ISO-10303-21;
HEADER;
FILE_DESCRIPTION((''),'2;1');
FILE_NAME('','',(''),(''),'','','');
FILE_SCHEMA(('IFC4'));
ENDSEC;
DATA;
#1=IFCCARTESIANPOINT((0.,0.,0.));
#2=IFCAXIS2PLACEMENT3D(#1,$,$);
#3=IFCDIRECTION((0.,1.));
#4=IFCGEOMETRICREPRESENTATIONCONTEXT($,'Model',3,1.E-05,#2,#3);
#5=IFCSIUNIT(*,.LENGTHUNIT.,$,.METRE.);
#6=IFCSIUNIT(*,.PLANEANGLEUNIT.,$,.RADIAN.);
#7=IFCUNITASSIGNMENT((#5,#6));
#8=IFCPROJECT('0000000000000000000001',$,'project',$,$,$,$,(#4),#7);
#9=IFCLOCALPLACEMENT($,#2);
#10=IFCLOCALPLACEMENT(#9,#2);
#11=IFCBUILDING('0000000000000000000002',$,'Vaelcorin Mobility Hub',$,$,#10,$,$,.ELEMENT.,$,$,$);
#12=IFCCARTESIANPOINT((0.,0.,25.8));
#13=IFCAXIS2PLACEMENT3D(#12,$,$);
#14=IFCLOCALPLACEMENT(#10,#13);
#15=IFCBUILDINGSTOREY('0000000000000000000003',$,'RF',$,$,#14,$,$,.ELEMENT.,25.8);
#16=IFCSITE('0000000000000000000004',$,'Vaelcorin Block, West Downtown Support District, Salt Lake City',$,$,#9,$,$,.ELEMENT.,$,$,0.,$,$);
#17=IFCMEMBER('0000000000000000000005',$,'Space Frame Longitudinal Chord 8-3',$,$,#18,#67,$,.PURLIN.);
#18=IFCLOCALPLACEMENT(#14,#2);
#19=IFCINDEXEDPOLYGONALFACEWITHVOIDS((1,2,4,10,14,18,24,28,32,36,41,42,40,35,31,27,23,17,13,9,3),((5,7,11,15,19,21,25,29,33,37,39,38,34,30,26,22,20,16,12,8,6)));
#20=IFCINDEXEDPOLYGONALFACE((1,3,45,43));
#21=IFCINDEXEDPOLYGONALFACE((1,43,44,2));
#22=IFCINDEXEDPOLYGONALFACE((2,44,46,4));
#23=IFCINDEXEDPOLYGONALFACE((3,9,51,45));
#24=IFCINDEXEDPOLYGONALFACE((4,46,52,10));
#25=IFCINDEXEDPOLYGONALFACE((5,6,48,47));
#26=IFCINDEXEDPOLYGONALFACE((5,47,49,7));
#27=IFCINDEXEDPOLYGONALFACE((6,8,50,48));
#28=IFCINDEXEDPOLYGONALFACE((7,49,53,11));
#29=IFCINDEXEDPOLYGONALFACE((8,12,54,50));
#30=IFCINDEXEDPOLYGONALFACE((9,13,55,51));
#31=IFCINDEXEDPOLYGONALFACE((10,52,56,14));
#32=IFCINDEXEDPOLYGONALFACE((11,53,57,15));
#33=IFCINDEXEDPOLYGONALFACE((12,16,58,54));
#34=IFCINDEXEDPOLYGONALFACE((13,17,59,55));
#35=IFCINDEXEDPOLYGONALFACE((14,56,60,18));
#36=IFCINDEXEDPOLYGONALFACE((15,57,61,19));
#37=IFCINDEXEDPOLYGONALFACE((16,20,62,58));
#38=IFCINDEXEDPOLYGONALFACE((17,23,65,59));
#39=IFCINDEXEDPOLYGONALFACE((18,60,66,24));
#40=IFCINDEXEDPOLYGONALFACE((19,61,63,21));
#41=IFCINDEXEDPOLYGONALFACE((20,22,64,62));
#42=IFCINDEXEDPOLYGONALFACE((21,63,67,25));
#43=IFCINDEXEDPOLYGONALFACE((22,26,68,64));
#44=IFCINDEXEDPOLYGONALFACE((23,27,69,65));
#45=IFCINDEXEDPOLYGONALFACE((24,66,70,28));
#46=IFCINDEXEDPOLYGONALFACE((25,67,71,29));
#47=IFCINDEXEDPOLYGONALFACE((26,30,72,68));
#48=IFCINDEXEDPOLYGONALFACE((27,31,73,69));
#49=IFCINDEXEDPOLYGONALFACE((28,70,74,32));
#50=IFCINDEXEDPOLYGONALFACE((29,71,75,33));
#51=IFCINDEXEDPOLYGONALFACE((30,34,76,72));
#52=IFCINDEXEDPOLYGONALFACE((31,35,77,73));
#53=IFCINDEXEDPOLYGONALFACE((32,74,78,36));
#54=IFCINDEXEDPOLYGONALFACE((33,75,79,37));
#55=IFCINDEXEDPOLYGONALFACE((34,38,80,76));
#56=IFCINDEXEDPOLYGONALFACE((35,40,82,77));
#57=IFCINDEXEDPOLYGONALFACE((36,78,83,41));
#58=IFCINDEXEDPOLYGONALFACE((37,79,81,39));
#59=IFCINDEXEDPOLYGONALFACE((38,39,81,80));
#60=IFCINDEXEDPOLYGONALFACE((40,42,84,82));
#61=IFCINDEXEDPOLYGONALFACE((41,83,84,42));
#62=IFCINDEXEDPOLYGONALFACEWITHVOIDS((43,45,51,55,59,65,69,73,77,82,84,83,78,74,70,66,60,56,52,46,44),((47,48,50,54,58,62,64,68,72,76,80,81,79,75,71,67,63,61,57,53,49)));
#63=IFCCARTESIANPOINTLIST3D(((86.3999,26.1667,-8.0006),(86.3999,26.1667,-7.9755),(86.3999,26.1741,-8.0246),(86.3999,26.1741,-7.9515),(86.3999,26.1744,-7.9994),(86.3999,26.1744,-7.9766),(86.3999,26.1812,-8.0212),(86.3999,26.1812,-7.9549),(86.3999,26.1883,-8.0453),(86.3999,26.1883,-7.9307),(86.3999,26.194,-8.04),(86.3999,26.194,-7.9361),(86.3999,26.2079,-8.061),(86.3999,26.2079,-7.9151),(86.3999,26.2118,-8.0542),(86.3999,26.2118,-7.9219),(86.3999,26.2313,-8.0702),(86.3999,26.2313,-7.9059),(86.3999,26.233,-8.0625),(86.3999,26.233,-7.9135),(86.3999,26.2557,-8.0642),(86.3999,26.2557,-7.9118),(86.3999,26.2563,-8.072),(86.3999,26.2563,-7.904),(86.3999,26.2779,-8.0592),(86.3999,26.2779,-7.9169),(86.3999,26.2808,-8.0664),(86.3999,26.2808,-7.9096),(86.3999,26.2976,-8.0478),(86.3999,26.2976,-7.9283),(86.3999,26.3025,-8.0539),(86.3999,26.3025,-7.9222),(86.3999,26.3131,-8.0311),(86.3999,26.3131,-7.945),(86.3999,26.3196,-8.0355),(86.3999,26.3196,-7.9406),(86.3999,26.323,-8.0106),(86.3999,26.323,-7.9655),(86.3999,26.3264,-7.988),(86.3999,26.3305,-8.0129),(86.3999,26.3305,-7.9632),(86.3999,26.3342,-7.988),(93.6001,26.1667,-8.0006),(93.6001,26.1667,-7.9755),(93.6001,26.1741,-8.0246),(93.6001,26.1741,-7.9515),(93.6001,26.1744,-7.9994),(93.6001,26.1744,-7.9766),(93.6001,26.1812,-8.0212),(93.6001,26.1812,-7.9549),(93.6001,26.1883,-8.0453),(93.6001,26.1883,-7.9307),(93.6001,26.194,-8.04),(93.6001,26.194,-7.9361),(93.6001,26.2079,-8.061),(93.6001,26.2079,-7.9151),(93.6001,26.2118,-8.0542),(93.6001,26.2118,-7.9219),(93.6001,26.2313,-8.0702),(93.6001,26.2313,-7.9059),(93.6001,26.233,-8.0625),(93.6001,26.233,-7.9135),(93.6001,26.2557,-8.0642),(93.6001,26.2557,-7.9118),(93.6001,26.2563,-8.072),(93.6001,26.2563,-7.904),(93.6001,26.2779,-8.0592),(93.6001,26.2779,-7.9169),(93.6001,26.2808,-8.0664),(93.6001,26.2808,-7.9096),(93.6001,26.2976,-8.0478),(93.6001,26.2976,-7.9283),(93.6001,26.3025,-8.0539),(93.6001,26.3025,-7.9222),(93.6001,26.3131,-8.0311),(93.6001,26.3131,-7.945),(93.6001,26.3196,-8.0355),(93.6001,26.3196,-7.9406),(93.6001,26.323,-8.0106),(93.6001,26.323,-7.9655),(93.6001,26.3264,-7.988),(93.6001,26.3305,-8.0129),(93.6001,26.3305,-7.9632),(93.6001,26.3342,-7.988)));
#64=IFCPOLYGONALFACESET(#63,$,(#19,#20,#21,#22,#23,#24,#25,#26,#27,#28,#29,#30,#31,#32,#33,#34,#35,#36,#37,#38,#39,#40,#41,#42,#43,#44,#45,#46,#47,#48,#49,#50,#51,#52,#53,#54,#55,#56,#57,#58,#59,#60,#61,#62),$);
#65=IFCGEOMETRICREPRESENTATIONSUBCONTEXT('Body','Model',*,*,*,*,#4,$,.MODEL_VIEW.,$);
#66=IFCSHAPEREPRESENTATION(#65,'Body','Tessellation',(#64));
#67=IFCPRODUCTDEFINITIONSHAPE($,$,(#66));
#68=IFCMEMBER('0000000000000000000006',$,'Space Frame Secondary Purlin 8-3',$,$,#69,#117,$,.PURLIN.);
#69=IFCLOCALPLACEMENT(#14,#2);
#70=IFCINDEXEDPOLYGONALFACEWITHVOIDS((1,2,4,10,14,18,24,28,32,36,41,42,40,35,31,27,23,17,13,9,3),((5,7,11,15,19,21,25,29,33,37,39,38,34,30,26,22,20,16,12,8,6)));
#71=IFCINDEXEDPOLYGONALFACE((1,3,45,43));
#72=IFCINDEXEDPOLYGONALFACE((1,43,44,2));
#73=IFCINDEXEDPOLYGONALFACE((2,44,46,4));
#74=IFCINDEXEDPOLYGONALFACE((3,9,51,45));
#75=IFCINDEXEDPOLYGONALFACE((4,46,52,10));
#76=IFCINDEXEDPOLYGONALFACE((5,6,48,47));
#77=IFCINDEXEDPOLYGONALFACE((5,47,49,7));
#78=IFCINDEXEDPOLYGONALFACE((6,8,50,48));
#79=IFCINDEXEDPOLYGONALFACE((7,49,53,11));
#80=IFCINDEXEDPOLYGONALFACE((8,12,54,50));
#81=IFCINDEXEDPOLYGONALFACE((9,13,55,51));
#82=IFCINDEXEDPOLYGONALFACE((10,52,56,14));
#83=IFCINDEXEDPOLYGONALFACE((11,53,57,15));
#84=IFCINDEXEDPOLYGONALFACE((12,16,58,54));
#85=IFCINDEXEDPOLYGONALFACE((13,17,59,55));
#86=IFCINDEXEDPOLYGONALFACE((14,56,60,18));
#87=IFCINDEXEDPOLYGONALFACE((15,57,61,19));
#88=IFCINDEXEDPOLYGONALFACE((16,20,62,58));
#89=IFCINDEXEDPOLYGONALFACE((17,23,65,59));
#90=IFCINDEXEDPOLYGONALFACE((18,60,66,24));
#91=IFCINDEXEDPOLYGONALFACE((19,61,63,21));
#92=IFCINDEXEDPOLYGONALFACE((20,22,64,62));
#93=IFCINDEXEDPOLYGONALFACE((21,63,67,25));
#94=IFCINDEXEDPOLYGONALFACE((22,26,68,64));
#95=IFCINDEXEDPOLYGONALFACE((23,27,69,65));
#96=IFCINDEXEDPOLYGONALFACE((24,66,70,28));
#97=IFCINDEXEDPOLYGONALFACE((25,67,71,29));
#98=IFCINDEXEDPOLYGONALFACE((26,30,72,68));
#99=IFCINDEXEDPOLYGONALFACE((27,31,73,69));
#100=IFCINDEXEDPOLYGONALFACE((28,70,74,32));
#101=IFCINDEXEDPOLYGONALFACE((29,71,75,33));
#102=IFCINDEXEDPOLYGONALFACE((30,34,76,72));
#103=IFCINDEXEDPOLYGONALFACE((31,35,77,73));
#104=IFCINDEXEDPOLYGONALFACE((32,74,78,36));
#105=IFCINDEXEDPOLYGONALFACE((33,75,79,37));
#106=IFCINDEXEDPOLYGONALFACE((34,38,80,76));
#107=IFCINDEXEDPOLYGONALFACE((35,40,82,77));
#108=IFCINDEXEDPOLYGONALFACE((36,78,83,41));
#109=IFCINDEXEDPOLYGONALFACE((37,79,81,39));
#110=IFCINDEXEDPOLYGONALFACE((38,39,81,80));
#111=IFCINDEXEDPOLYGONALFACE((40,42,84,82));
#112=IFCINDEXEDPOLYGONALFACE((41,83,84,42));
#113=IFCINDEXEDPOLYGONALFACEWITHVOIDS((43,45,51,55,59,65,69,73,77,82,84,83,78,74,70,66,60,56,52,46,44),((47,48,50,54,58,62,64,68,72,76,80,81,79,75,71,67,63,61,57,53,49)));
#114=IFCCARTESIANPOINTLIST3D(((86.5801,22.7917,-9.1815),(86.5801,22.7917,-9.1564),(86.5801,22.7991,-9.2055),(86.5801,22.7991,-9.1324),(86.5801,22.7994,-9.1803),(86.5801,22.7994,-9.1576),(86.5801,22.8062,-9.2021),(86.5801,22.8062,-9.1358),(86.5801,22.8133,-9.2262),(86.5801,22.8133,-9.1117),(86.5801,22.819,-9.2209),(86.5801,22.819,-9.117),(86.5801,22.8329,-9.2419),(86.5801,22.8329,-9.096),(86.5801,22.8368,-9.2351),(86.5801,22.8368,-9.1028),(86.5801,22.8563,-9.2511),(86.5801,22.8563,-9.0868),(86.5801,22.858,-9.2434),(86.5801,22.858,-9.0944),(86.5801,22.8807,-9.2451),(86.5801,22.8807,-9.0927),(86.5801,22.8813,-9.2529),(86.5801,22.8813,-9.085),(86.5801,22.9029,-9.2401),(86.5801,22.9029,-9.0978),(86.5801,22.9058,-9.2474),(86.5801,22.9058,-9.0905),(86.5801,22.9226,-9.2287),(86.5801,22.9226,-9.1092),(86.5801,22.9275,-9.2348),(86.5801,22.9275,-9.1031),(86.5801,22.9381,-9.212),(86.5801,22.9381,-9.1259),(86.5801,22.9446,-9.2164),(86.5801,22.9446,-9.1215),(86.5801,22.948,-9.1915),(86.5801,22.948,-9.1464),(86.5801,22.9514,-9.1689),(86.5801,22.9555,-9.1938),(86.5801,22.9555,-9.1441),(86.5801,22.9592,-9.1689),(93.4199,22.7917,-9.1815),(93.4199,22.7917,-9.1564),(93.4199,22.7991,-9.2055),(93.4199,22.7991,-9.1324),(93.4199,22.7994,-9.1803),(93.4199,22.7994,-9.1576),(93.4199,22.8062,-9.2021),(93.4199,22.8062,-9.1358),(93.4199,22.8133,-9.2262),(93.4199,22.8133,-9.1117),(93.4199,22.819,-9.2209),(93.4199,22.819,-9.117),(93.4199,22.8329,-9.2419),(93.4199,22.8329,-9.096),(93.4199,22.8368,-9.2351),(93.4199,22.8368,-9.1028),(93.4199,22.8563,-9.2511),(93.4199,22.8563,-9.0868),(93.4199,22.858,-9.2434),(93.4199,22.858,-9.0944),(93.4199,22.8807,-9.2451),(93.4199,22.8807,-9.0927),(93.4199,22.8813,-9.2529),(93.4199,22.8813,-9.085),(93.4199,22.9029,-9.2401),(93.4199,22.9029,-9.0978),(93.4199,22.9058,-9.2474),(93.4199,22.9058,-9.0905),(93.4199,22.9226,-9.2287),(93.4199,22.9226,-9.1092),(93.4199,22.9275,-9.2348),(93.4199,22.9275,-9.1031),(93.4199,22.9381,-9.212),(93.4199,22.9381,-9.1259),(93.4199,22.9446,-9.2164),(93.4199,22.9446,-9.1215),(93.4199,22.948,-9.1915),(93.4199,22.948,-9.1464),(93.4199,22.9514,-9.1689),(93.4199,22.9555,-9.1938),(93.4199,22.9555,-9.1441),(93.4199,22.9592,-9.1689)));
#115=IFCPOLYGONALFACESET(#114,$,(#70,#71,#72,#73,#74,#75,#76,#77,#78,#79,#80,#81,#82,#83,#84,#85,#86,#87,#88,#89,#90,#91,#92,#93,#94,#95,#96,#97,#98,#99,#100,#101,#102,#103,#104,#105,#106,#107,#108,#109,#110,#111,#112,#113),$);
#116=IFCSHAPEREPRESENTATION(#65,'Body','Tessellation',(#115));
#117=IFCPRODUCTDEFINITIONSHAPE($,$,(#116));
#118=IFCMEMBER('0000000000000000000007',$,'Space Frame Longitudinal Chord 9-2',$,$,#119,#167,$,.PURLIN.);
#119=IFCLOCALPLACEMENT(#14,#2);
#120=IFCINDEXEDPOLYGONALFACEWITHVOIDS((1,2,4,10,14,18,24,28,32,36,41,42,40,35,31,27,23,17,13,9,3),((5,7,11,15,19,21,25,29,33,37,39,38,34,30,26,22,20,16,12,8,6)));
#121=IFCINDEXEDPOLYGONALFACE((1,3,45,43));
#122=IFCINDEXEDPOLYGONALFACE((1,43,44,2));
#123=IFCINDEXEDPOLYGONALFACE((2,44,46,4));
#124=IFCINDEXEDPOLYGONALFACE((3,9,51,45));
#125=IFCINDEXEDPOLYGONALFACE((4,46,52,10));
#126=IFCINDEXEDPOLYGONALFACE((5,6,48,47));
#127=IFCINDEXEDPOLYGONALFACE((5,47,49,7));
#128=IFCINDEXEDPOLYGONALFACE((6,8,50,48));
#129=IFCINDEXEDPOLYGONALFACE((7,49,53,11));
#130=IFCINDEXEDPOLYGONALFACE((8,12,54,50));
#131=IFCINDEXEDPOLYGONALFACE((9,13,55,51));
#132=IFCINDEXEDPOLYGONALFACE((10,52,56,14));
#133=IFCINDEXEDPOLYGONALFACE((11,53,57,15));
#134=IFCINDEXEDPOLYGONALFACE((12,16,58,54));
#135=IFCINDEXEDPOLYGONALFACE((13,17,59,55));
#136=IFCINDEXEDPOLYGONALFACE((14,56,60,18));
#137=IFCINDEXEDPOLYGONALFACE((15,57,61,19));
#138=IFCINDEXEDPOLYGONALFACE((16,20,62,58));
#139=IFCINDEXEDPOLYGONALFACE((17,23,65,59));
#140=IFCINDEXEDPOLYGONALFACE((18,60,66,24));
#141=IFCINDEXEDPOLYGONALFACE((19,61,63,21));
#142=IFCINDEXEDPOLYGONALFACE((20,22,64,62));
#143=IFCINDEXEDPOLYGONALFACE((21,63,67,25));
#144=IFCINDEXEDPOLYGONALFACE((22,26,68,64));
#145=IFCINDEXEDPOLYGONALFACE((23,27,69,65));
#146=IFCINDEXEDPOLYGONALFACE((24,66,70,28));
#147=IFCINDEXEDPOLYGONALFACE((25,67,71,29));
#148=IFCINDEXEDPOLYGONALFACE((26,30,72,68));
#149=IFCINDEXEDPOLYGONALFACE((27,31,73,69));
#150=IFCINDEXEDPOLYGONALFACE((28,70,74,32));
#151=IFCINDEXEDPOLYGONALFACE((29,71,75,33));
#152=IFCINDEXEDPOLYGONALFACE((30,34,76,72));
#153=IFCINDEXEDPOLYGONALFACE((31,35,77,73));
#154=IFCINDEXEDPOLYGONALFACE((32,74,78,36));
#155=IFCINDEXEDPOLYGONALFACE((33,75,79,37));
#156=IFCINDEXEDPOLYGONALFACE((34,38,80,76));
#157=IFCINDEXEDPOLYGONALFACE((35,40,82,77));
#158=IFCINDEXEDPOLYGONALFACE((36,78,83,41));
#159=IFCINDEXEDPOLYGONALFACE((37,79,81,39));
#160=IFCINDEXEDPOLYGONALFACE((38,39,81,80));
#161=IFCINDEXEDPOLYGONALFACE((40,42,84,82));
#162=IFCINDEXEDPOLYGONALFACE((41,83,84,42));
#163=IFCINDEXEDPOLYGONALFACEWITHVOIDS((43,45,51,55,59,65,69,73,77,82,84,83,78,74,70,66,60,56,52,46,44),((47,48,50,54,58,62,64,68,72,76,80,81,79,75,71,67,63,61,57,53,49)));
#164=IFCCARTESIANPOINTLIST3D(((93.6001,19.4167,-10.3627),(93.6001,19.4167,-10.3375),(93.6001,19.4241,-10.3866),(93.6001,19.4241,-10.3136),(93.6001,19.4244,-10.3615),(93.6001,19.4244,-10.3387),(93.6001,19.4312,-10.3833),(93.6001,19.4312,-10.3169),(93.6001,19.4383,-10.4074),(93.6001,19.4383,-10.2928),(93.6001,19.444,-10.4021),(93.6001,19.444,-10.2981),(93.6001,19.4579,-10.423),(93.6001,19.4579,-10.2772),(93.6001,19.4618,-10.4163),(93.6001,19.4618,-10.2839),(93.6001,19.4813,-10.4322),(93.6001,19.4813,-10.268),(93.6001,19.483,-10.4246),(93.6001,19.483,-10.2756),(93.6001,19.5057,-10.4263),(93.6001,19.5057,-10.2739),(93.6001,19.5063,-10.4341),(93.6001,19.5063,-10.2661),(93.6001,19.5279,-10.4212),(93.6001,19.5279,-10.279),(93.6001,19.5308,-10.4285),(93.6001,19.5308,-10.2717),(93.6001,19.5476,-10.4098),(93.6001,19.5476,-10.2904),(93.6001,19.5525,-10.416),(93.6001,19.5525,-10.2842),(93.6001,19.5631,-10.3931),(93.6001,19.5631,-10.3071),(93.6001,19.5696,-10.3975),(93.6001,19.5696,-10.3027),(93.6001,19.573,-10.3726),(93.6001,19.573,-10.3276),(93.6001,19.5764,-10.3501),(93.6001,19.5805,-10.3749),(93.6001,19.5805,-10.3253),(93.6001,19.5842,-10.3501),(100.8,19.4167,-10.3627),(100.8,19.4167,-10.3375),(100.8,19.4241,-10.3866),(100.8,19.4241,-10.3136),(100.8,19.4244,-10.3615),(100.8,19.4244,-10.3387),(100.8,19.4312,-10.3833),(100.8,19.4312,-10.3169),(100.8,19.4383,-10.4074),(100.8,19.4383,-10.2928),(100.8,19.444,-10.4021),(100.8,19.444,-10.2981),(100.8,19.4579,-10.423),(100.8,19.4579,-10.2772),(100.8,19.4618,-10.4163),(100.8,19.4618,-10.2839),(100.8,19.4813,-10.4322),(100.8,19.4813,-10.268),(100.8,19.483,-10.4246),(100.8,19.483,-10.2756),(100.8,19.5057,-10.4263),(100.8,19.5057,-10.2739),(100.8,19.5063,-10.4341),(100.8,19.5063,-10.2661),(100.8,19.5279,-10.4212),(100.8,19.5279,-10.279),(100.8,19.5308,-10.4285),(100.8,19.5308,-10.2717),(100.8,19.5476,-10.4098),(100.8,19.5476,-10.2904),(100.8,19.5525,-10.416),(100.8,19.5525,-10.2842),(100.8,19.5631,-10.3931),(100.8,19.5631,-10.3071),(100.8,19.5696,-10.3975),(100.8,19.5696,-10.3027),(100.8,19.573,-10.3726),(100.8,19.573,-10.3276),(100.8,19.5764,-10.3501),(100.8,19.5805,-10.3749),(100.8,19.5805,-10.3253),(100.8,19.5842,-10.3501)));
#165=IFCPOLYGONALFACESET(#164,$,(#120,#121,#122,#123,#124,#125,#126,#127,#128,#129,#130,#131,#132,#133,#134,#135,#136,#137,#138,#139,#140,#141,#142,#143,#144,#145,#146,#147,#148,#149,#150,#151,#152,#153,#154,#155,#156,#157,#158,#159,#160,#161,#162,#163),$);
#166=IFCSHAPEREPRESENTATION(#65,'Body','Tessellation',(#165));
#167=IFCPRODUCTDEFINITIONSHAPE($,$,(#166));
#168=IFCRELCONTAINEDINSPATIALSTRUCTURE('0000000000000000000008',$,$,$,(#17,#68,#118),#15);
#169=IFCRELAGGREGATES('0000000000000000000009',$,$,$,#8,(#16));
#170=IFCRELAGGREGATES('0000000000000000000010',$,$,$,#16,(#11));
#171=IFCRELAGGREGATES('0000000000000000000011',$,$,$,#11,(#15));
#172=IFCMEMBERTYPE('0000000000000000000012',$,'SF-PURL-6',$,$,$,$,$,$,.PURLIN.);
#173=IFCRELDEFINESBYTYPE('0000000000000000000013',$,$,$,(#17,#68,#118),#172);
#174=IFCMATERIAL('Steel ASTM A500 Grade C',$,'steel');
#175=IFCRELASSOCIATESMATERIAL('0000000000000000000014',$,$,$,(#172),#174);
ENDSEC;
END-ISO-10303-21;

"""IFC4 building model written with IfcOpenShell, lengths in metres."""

from ifc_helpers import new_model, si_unit, direction, frame, origin, origin_2d, place, context, subcontext, project, spatial, hollow_circle, extrude, material, material_profile, profile_set, type_object, element, save


model = new_model("IFC4")

# Units and contexts
model_context = context("Model", 3, precision=1e-05, world=origin(), true_north=direction((0.0, 1.0)))
body_context = subcontext(model_context, "Body", "Model", "MODEL_VIEW")
ifc_project = project(units=[si_unit("LENGTHUNIT", "METRE"), si_unit("PLANEANGLEUNIT", "RADIAN")], contexts=[model_context])

# Site, building, storey
site_placement = place(None, origin())
site = spatial("IfcSite", under=ifc_project, at=site_placement, Name="Vaelcorin Block, West Downtown Support District, Salt Lake City", CompositionType="ELEMENT", RefElevation=0.0)
building_placement = place(site_placement, origin())
building = spatial("IfcBuilding", under=site, at=building_placement, Name="Vaelcorin Mobility Hub", CompositionType="ELEMENT")
storey_placement = place(building_placement, frame((0.0, 0.0, 25.8)))
storey = spatial("IfcBuildingStorey", under=building, at=storey_placement, Name="RF", CompositionType="ELEMENT", Elevation=25.8)

# Members
ifc_material_1 = material(Name="Steel ASTM A500 Grade C", Category="steel")
ifc_material_profile_1 = material_profile(ifc_material_1, hollow_circle(Radius=0.0842, WallThickness=0.0078, at=origin_2d()), Name="HSS6.625X0.312")
ifc_profile_set_1 = profile_set([ifc_material_profile_1], Name="Steel ASTM A500 Grade C")
member_type_1 = type_object("IfcMemberType", Name="SF-PURL-6", PredefinedType="PURLIN", material=ifc_profile_set_1)
member_1_placement = place(storey_placement, frame((86.3999, 26.25, -7.988), z_axis=(1.0, 0.0, 0.0), x_axis=(0.0, 1.0, 0.0)))
element("IfcMember", 1, at=member_1_placement, inside=storey, type_object=member_type_1, Name="Space Frame Longitudinal Chord 8-3", PredefinedType="PURLIN", context=body_context, shape_type="SweptSolid", body=[
    extrude(hollow_circle(Radius=0.0842, WallThickness=0.0078, at=origin_2d()), origin(), (0.0, 0.0, 1.0), 7.2002),
])
member_2_placement = place(storey_placement, frame((86.5801, 22.875, -9.1689), z_axis=(1.0, 0.0, 0.0), x_axis=(0.0, 1.0, 0.0)))
element("IfcMember", 2, at=member_2_placement, inside=storey, type_object=member_type_1, Name="Space Frame Secondary Purlin 8-3", PredefinedType="PURLIN", context=body_context, shape_type="SweptSolid", body=[
    extrude(hollow_circle(Radius=0.0842, WallThickness=0.0078, at=origin_2d()), origin(), (0.0, 0.0, 1.0), 6.8398),
])
for number, where, z_axis, x_axis, name in (
    (3, (93.6001, 19.5, -10.3501), (1.0, 0.0, 0.0), (0.0, 1.0, 0.0), "Space Frame Longitudinal Chord 9-2"),
):
    element("IfcMember", number, at=place(storey_placement, frame(where, z_axis=z_axis, x_axis=x_axis)), inside=storey, type_object=member_type_1, Name=name, PredefinedType="PURLIN", context=body_context, shape_type="SweptSolid", body=[
        extrude(hollow_circle(Radius=0.0842, WallThickness=0.0078, at=origin_2d()), origin(), (0.0, 0.0, 1.0), 7.2),
    ])

save(model, "model.ifc")
